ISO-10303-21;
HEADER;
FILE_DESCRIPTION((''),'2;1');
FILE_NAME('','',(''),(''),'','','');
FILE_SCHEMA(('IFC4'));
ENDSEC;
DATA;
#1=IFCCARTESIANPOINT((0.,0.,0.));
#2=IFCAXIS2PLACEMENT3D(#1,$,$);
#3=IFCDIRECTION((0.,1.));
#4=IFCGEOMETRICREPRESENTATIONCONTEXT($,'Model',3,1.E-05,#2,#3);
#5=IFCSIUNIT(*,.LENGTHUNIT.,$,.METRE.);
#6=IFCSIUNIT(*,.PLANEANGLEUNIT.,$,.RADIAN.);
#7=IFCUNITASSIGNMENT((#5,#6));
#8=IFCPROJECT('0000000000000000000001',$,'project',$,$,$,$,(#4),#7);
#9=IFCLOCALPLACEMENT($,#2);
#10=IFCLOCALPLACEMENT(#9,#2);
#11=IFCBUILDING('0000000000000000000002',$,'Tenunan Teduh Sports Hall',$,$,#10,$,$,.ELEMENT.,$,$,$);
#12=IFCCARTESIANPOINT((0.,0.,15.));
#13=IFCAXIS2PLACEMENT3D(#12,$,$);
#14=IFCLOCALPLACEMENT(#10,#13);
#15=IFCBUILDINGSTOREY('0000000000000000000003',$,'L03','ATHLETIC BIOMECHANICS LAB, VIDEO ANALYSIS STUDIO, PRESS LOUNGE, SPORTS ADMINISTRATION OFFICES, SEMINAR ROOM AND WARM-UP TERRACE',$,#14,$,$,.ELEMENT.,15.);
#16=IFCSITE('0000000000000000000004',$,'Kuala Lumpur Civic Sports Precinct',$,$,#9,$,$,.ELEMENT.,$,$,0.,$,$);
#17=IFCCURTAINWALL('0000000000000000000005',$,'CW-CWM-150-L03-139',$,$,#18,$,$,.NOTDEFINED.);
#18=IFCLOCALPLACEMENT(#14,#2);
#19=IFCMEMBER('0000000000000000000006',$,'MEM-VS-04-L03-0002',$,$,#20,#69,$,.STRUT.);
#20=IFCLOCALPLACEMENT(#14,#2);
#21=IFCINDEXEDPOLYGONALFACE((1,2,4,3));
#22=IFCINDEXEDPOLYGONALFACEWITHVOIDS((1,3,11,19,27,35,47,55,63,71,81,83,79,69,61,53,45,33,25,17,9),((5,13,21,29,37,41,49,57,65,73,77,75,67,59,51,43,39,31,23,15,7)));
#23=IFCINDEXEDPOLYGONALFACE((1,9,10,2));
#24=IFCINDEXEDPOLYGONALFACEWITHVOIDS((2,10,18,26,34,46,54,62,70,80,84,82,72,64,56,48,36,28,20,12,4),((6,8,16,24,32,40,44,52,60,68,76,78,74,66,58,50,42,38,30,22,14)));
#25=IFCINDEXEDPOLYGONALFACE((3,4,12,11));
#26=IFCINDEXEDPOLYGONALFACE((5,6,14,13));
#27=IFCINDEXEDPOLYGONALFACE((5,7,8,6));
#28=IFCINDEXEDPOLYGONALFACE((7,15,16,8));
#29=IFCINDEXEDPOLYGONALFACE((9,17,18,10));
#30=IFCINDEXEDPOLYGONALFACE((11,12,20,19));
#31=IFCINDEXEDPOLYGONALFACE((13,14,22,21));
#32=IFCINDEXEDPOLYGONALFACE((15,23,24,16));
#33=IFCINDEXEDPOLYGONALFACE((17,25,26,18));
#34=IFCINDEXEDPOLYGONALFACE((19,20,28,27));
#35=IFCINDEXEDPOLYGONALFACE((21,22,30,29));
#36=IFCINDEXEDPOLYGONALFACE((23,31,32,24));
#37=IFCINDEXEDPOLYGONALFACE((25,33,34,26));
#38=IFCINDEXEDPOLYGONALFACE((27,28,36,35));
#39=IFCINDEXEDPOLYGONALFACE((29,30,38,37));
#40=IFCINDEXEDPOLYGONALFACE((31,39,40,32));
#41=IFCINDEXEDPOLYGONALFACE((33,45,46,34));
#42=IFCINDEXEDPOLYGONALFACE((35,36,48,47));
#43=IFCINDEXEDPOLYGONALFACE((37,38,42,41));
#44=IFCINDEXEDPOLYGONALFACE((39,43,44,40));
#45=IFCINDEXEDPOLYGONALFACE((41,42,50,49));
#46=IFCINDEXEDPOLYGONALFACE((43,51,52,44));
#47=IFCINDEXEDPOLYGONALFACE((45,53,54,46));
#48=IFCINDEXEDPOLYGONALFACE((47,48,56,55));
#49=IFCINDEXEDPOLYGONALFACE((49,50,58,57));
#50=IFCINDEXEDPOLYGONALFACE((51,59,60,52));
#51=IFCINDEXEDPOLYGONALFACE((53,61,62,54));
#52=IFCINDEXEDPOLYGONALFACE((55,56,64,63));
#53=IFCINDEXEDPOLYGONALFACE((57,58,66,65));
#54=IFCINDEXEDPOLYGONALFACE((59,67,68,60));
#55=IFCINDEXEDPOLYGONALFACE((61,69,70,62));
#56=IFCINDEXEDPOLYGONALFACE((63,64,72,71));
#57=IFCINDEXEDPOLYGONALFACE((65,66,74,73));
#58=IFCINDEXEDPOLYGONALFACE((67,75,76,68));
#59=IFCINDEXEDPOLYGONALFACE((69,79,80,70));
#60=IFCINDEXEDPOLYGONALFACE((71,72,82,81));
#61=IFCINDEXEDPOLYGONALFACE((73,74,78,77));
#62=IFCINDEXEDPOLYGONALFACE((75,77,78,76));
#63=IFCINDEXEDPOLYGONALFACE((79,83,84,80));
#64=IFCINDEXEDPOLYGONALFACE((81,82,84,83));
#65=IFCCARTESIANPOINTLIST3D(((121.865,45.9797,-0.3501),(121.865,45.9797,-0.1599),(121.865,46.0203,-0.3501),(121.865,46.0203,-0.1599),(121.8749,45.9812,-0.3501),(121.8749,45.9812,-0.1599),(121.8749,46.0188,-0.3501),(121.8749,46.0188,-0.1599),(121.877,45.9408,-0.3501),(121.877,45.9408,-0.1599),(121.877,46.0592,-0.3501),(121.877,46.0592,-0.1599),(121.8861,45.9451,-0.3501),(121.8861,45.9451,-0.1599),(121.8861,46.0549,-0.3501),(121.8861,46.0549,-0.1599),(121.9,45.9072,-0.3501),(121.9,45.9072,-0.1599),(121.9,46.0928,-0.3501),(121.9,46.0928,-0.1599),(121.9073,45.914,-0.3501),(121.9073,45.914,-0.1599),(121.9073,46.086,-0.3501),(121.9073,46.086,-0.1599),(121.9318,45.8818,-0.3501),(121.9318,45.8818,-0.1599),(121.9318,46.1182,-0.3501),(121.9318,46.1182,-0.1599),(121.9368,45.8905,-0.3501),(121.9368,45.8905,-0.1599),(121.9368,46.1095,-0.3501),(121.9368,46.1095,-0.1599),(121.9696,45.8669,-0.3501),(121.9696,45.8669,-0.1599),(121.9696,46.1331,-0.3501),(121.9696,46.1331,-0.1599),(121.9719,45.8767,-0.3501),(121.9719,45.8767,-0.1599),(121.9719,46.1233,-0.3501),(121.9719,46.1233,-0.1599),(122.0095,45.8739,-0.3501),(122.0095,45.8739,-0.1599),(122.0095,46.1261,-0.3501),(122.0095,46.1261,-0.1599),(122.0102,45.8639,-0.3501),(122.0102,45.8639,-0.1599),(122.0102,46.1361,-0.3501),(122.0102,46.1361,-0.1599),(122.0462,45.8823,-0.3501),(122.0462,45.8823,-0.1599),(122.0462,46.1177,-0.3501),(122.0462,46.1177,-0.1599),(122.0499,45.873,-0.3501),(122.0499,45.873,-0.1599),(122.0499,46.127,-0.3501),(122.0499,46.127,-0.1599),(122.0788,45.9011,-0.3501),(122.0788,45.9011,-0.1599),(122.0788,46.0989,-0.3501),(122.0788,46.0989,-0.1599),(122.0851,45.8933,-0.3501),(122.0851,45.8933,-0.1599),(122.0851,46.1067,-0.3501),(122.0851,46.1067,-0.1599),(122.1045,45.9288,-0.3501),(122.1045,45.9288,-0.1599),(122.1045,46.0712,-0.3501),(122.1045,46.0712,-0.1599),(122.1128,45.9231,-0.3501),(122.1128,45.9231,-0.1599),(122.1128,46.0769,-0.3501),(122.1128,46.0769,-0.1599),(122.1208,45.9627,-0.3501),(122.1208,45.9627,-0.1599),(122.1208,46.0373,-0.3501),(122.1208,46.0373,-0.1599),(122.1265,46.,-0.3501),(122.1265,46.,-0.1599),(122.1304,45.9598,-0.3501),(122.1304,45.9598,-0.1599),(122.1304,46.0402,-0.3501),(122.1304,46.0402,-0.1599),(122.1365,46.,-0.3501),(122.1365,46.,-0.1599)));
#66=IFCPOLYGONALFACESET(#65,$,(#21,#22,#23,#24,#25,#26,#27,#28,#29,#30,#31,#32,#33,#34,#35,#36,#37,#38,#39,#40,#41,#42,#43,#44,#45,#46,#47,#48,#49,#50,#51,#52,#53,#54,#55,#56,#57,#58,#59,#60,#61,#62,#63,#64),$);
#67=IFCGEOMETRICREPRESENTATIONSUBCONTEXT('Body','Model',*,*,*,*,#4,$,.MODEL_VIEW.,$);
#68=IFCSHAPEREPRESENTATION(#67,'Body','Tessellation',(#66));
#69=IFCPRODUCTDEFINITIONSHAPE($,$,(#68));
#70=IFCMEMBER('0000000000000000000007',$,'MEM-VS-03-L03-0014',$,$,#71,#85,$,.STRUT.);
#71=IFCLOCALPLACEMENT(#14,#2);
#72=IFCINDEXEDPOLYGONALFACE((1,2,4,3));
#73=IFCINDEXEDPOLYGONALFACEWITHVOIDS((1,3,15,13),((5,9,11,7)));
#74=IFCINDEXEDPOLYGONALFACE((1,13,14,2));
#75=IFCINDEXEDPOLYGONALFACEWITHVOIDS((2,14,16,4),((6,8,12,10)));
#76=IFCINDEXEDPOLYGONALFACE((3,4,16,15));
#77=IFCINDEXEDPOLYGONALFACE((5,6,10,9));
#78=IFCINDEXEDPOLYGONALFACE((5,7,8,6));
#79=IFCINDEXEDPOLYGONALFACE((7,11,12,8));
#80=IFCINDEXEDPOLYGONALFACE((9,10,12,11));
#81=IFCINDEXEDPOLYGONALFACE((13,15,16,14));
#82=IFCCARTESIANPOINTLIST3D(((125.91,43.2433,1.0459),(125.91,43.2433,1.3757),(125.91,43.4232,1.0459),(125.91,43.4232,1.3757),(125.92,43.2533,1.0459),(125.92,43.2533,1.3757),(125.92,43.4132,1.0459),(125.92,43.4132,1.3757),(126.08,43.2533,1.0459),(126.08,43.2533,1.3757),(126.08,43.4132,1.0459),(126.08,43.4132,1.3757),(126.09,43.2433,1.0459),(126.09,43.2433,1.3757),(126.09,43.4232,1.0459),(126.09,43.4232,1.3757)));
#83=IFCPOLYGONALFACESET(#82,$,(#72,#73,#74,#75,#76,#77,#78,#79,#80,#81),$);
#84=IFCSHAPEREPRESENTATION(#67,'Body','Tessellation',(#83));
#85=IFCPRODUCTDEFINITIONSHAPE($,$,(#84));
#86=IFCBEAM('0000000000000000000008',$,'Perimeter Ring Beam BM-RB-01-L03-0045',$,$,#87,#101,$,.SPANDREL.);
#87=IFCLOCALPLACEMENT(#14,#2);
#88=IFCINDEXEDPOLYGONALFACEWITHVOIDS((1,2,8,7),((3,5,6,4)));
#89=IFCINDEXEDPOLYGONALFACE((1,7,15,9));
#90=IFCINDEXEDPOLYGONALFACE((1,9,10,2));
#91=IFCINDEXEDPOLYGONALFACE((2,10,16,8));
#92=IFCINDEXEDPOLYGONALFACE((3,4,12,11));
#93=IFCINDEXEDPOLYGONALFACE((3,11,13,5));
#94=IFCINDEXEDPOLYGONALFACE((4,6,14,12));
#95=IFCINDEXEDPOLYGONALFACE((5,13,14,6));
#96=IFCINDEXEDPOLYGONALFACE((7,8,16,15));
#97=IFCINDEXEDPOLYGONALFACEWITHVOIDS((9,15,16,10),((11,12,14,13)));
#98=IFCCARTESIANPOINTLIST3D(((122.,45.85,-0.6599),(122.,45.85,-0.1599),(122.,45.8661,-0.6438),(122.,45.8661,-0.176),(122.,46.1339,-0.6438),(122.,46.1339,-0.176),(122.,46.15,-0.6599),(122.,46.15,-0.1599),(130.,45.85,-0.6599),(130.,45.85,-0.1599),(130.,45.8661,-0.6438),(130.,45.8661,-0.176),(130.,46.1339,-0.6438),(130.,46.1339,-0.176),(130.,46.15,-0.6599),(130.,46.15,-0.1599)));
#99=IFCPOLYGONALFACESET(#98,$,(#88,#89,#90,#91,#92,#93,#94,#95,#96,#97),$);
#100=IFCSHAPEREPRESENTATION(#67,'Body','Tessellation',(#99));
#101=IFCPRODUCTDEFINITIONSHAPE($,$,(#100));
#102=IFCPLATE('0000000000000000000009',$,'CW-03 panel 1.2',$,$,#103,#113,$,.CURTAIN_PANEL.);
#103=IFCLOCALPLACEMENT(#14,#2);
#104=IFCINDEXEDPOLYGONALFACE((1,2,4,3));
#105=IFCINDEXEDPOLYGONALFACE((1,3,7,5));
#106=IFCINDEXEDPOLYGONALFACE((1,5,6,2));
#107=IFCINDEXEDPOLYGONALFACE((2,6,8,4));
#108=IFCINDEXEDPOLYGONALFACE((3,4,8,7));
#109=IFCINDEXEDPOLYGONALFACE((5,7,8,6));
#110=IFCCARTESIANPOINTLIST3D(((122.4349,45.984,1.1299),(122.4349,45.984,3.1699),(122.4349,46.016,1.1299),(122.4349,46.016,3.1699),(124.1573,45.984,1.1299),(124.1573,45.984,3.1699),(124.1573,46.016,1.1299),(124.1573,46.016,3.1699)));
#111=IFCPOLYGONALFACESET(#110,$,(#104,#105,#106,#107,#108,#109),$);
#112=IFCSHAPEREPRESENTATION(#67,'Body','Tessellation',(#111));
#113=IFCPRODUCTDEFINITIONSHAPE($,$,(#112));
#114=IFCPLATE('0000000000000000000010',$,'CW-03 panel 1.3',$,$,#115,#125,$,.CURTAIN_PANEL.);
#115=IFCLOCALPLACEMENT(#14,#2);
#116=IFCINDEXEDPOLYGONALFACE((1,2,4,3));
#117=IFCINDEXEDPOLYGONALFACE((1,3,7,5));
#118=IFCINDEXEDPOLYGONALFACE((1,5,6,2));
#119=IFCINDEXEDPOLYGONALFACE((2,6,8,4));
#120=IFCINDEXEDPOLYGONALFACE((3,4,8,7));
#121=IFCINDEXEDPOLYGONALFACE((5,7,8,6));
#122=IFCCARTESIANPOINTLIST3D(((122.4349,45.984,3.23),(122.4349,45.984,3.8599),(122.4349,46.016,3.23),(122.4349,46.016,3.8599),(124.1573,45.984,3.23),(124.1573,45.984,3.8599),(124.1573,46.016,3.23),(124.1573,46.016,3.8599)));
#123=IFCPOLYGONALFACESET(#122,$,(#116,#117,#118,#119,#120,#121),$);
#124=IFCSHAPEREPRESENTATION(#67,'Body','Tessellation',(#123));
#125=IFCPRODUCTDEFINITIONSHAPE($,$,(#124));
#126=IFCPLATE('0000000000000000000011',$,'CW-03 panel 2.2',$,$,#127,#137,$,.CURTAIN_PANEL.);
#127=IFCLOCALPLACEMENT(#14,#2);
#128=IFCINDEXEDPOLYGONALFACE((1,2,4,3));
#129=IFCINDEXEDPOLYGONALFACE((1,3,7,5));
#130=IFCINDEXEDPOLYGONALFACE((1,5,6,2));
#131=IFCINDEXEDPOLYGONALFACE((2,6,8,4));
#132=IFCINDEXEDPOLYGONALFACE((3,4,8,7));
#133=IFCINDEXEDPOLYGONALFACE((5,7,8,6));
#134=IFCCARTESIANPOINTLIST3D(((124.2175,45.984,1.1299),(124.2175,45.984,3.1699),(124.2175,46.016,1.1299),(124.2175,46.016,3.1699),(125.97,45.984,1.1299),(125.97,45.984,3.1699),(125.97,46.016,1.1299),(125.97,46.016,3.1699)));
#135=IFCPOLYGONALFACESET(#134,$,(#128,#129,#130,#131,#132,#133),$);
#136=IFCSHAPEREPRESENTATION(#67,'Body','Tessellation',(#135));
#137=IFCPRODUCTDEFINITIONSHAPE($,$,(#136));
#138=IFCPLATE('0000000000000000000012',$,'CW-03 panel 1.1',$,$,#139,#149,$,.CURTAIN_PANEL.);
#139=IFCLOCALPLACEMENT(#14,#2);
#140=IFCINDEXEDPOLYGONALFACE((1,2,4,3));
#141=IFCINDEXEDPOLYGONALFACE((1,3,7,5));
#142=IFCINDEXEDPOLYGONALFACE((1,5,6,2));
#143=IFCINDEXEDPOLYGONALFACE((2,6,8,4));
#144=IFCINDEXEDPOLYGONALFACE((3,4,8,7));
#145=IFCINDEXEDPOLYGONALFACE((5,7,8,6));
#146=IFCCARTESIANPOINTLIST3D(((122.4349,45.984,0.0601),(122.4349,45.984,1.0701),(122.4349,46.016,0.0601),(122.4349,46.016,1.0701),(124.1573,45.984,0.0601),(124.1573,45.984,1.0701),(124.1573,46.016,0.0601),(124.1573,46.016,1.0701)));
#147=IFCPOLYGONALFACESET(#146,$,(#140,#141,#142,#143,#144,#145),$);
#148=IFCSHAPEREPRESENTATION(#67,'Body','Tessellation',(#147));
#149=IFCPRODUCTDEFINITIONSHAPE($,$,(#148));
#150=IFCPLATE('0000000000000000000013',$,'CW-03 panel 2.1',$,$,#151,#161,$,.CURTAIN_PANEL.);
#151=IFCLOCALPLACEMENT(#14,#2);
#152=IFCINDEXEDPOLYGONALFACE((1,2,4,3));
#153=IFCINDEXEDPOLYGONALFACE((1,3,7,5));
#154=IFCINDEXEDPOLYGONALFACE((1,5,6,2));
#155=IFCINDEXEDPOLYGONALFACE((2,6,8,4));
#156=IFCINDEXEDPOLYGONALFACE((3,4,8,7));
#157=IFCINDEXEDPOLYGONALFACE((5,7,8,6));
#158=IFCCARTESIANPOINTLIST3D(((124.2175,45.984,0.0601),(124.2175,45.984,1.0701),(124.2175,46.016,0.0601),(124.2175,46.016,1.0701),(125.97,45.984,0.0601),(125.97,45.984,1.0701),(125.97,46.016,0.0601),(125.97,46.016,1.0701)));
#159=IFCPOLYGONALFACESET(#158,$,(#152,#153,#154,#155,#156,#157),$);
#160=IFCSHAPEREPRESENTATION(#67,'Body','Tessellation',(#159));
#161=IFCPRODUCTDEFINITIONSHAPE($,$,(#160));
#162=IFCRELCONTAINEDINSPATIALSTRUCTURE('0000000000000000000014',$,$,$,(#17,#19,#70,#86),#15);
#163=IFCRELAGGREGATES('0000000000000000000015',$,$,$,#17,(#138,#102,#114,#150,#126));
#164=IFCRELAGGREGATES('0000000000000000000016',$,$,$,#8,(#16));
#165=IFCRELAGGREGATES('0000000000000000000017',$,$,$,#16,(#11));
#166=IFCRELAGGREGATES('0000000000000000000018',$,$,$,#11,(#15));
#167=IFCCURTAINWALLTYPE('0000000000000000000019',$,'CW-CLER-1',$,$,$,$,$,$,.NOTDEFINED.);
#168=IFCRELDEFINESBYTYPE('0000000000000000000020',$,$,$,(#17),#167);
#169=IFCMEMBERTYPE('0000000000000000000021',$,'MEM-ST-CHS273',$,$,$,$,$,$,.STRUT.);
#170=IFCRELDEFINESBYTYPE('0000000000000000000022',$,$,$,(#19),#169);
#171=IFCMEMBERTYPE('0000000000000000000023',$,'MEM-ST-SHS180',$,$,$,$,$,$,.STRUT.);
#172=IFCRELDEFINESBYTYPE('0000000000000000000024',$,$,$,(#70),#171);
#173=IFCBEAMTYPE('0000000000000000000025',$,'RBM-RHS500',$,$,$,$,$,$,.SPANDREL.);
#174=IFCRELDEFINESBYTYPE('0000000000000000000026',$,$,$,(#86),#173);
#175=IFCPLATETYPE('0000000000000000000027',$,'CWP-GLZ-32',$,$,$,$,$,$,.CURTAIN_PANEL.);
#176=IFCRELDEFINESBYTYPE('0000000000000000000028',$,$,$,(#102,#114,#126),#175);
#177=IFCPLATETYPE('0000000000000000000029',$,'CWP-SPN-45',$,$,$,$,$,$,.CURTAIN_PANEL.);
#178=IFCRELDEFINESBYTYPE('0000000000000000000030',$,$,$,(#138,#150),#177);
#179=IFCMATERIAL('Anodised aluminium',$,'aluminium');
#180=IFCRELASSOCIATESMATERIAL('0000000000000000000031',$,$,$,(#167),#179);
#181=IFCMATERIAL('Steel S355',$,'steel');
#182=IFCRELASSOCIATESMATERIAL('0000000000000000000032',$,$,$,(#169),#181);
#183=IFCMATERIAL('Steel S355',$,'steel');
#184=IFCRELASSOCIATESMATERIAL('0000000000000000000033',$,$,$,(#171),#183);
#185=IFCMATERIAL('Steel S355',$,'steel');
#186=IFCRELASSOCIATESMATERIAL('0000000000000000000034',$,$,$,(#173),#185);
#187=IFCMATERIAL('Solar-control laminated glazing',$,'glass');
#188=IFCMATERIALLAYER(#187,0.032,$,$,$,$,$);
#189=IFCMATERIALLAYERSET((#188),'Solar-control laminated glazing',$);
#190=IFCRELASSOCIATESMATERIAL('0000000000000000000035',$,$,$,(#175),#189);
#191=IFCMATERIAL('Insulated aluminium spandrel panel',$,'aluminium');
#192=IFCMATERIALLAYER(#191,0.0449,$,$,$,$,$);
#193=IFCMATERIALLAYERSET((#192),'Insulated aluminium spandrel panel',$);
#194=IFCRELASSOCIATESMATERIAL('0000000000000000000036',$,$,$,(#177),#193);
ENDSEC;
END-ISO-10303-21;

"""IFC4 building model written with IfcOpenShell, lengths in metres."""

from ifc_helpers import new_model, si_unit, direction, frame, origin, origin_2d, place, context, subcontext, project, spatial, rectangle, hollow_rectangle, hollow_circle, extrude, material, layer, layer_set, material_profile, profile_set, type_object, element, aggregate, save


model = new_model("IFC4")

# Units and contexts
model_context = context("Model", 3, precision=1e-05, world=origin(), true_north=direction((0.0, 1.0)))
body_context = subcontext(model_context, "Body", "Model", "MODEL_VIEW")
ifc_project = project(units=[si_unit("LENGTHUNIT", "METRE"), si_unit("PLANEANGLEUNIT", "RADIAN")], contexts=[model_context])

# Site, building, storey
site_placement = place(None, origin())
site = spatial("IfcSite", under=ifc_project, at=site_placement, Name="Kuala Lumpur Civic Sports Precinct", CompositionType="ELEMENT", RefElevation=0.0)
building_placement = place(site_placement, origin())
building = spatial("IfcBuilding", under=site, at=building_placement, Name="Tenunan Teduh Sports Hall", CompositionType="ELEMENT")
storey_placement = place(building_placement, frame((0.0, 0.0, 15.0)))
storey = spatial("IfcBuildingStorey", under=building, at=storey_placement, Name="L03", Description="ATHLETIC BIOMECHANICS LAB, VIDEO ANALYSIS STUDIO, PRESS LOUNGE, SPORTS ADMINISTRATION OFFICES, SEMINAR ROOM AND WARM-UP TERRACE", CompositionType="ELEMENT", Elevation=15.0)

# Curtain wall
ifc_material_1 = material(Name="Anodised aluminium", Category="aluminium")
curtain_wall_type = type_object("IfcCurtainWallType", Name="CW-CLER-1", PredefinedType="NOTDEFINED", material=ifc_material_1)
curtain_wall_placement = place(storey_placement, origin())
curtain_wall = element("IfcCurtainWall", 1, at=curtain_wall_placement, inside=storey, type_object=curtain_wall_type, Name="CW-CWM-150-L03-139", PredefinedType="NOTDEFINED")

# Members
ifc_material_2 = material(Name="Steel S355", Category="steel")
ifc_material_profile_1 = material_profile(ifc_material_2, hollow_circle(Radius=0.1365, WallThickness=0.01, at=origin_2d()), Name="CHS 273.0x10.0")
ifc_profile_set_1 = profile_set([ifc_material_profile_1], Name="Steel S355")
member_type_1 = type_object("IfcMemberType", Name="MEM-ST-CHS273", PredefinedType="STRUT", material=ifc_profile_set_1)
member_1_placement = place(storey_placement, frame((122.0, 46.0, -0.3501), z_axis=(0.0, 0.0, 1.0), x_axis=(1.0, 0.0, 0.0)))
element("IfcMember", 2, at=member_1_placement, inside=storey, type_object=member_type_1, Name="MEM-VS-04-L03-0002", PredefinedType="STRUT", context=body_context, shape_type="SweptSolid", body=[
    extrude(hollow_circle(Radius=0.1365, WallThickness=0.01, at=origin_2d()), origin(), (0.0, 0.0, 1.0), 0.1902),
])
ifc_material_3 = material(Name="Steel S355", Category="steel")
ifc_material_profile_2 = material_profile(ifc_material_3, hollow_rectangle(XDim=0.1799, YDim=0.1799, WallThickness=0.01, at=origin_2d()), Name="SHS 180x180x10.0")
ifc_profile_set_2 = profile_set([ifc_material_profile_2], Name="Steel S355")
member_type_2 = type_object("IfcMemberType", Name="MEM-ST-SHS180", PredefinedType="STRUT", material=ifc_profile_set_2)
member_2_placement = place(storey_placement, frame((126.0, 43.3333, 1.0459), z_axis=(0.0, 0.0, 1.0), x_axis=(1.0, 0.0, 0.0)))
element("IfcMember", 3, at=member_2_placement, inside=storey, type_object=member_type_2, Name="MEM-VS-03-L03-0014", PredefinedType="STRUT", context=body_context, shape_type="SweptSolid", body=[
    extrude(hollow_rectangle(XDim=0.1799, YDim=0.1799, WallThickness=0.01, at=origin_2d()), origin(), (0.0, 0.0, 1.0), 0.3298),
])

# Beam
ifc_material_4 = material(Name="Steel S355", Category="steel")
ifc_material_profile_3 = material_profile(ifc_material_4, hollow_rectangle(XDim=0.3, YDim=0.5, WallThickness=0.0161, at=origin_2d()), Name="RHS 500x300x16.0")
ifc_profile_set_3 = profile_set([ifc_material_profile_3], Name="Steel S355")
beam_type_1 = type_object("IfcBeamType", Name="RBM-RHS500", PredefinedType="SPANDREL", material=ifc_profile_set_3)
beam_1_placement = place(storey_placement, frame((122.0, 46.0, -0.4099), z_axis=(1.0, 0.0, 0.0), x_axis=(0.0, 1.0, 0.0)))
element("IfcBeam", 4, at=beam_1_placement, inside=storey, type_object=beam_type_1, Name="Perimeter Ring Beam BM-RB-01-L03-0045", PredefinedType="SPANDREL", context=body_context, shape_type="SweptSolid", body=[
    extrude(hollow_rectangle(XDim=0.3, YDim=0.5, WallThickness=0.0161, at=origin_2d()), origin(), (0.0, 0.0, 1.0), 8.0),
])

# Plates
ifc_material_5 = material(Name="Solar-control laminated glazing", Category="glass")
ifc_layer_1 = layer(ifc_material_5, 0.032)
ifc_layer_set_1 = layer_set([ifc_layer_1], Name="Solar-control laminated glazing")
plate_type_1 = type_object("IfcPlateType", Name="CWP-GLZ-32", PredefinedType="CURTAIN_PANEL", material=ifc_layer_set_1)
plate_1_placement = place(storey_placement, frame((123.2961, 46.0, 1.1299), z_axis=(0.0, 0.0, 1.0), x_axis=(1.0, 0.0, 0.0)))
plate_1 = element("IfcPlate", 5, at=plate_1_placement, type_object=plate_type_1, Name="CW-03 panel 1.2", PredefinedType="CURTAIN_PANEL", context=body_context, shape_type="SweptSolid", body=[
    extrude(rectangle(XDim=1.7224, YDim=0.032, at=origin_2d()), origin(), (0.0, 0.0, 1.0), 2.04),
])
plate_2_placement = place(storey_placement, frame((123.2961, 46.0, 3.23), z_axis=(0.0, 0.0, 1.0), x_axis=(1.0, 0.0, 0.0)))
plate_2 = element("IfcPlate", 6, at=plate_2_placement, type_object=plate_type_1, Name="CW-03 panel 1.3", PredefinedType="CURTAIN_PANEL", context=body_context, shape_type="SweptSolid", body=[
    extrude(rectangle(XDim=1.7224, YDim=0.032, at=origin_2d()), origin(), (0.0, 0.0, 1.0), 0.6299),
])
plate_3_placement = place(storey_placement, frame((125.0938, 46.0, 1.1299), z_axis=(0.0, 0.0, 1.0), x_axis=(1.0, 0.0, 0.0)))
plate_3 = element("IfcPlate", 7, at=plate_3_placement, type_object=plate_type_1, Name="CW-03 panel 2.2", PredefinedType="CURTAIN_PANEL", context=body_context, shape_type="SweptSolid", body=[
    extrude(rectangle(XDim=1.7524, YDim=0.032, at=origin_2d()), origin(), (0.0, 0.0, 1.0), 2.04),
])
ifc_material_6 = material(Name="Insulated aluminium spandrel panel", Category="aluminium")
ifc_layer_2 = layer(ifc_material_6, 0.0449)
ifc_layer_set_2 = layer_set([ifc_layer_2], Name="Insulated aluminium spandrel panel")
plate_type_2 = type_object("IfcPlateType", Name="CWP-SPN-45", PredefinedType="CURTAIN_PANEL", material=ifc_layer_set_2)
plate_4_placement = place(storey_placement, frame((123.2961, 46.0, 0.0601), z_axis=(0.0, 0.0, 1.0), x_axis=(1.0, 0.0, 0.0)))
plate_4 = element("IfcPlate", 8, at=plate_4_placement, type_object=plate_type_2, Name="CW-03 panel 1.1", PredefinedType="CURTAIN_PANEL", context=body_context, shape_type="SweptSolid", body=[
    extrude(rectangle(XDim=1.7224, YDim=0.032, at=origin_2d()), origin(), (0.0, 0.0, 1.0), 1.01),
])
plate_5_placement = place(storey_placement, frame((125.0938, 46.0, 0.0601), z_axis=(0.0, 0.0, 1.0), x_axis=(1.0, 0.0, 0.0)))
plate_5 = element("IfcPlate", 9, at=plate_5_placement, type_object=plate_type_2, Name="CW-03 panel 2.1", PredefinedType="CURTAIN_PANEL", context=body_context, shape_type="SweptSolid", body=[
    extrude(rectangle(XDim=1.7524, YDim=0.032, at=origin_2d()), origin(), (0.0, 0.0, 1.0), 1.01),
])
aggregate(curtain_wall, [plate_4, plate_1, plate_2, plate_5, plate_3])

save(model, "model.ifc")
